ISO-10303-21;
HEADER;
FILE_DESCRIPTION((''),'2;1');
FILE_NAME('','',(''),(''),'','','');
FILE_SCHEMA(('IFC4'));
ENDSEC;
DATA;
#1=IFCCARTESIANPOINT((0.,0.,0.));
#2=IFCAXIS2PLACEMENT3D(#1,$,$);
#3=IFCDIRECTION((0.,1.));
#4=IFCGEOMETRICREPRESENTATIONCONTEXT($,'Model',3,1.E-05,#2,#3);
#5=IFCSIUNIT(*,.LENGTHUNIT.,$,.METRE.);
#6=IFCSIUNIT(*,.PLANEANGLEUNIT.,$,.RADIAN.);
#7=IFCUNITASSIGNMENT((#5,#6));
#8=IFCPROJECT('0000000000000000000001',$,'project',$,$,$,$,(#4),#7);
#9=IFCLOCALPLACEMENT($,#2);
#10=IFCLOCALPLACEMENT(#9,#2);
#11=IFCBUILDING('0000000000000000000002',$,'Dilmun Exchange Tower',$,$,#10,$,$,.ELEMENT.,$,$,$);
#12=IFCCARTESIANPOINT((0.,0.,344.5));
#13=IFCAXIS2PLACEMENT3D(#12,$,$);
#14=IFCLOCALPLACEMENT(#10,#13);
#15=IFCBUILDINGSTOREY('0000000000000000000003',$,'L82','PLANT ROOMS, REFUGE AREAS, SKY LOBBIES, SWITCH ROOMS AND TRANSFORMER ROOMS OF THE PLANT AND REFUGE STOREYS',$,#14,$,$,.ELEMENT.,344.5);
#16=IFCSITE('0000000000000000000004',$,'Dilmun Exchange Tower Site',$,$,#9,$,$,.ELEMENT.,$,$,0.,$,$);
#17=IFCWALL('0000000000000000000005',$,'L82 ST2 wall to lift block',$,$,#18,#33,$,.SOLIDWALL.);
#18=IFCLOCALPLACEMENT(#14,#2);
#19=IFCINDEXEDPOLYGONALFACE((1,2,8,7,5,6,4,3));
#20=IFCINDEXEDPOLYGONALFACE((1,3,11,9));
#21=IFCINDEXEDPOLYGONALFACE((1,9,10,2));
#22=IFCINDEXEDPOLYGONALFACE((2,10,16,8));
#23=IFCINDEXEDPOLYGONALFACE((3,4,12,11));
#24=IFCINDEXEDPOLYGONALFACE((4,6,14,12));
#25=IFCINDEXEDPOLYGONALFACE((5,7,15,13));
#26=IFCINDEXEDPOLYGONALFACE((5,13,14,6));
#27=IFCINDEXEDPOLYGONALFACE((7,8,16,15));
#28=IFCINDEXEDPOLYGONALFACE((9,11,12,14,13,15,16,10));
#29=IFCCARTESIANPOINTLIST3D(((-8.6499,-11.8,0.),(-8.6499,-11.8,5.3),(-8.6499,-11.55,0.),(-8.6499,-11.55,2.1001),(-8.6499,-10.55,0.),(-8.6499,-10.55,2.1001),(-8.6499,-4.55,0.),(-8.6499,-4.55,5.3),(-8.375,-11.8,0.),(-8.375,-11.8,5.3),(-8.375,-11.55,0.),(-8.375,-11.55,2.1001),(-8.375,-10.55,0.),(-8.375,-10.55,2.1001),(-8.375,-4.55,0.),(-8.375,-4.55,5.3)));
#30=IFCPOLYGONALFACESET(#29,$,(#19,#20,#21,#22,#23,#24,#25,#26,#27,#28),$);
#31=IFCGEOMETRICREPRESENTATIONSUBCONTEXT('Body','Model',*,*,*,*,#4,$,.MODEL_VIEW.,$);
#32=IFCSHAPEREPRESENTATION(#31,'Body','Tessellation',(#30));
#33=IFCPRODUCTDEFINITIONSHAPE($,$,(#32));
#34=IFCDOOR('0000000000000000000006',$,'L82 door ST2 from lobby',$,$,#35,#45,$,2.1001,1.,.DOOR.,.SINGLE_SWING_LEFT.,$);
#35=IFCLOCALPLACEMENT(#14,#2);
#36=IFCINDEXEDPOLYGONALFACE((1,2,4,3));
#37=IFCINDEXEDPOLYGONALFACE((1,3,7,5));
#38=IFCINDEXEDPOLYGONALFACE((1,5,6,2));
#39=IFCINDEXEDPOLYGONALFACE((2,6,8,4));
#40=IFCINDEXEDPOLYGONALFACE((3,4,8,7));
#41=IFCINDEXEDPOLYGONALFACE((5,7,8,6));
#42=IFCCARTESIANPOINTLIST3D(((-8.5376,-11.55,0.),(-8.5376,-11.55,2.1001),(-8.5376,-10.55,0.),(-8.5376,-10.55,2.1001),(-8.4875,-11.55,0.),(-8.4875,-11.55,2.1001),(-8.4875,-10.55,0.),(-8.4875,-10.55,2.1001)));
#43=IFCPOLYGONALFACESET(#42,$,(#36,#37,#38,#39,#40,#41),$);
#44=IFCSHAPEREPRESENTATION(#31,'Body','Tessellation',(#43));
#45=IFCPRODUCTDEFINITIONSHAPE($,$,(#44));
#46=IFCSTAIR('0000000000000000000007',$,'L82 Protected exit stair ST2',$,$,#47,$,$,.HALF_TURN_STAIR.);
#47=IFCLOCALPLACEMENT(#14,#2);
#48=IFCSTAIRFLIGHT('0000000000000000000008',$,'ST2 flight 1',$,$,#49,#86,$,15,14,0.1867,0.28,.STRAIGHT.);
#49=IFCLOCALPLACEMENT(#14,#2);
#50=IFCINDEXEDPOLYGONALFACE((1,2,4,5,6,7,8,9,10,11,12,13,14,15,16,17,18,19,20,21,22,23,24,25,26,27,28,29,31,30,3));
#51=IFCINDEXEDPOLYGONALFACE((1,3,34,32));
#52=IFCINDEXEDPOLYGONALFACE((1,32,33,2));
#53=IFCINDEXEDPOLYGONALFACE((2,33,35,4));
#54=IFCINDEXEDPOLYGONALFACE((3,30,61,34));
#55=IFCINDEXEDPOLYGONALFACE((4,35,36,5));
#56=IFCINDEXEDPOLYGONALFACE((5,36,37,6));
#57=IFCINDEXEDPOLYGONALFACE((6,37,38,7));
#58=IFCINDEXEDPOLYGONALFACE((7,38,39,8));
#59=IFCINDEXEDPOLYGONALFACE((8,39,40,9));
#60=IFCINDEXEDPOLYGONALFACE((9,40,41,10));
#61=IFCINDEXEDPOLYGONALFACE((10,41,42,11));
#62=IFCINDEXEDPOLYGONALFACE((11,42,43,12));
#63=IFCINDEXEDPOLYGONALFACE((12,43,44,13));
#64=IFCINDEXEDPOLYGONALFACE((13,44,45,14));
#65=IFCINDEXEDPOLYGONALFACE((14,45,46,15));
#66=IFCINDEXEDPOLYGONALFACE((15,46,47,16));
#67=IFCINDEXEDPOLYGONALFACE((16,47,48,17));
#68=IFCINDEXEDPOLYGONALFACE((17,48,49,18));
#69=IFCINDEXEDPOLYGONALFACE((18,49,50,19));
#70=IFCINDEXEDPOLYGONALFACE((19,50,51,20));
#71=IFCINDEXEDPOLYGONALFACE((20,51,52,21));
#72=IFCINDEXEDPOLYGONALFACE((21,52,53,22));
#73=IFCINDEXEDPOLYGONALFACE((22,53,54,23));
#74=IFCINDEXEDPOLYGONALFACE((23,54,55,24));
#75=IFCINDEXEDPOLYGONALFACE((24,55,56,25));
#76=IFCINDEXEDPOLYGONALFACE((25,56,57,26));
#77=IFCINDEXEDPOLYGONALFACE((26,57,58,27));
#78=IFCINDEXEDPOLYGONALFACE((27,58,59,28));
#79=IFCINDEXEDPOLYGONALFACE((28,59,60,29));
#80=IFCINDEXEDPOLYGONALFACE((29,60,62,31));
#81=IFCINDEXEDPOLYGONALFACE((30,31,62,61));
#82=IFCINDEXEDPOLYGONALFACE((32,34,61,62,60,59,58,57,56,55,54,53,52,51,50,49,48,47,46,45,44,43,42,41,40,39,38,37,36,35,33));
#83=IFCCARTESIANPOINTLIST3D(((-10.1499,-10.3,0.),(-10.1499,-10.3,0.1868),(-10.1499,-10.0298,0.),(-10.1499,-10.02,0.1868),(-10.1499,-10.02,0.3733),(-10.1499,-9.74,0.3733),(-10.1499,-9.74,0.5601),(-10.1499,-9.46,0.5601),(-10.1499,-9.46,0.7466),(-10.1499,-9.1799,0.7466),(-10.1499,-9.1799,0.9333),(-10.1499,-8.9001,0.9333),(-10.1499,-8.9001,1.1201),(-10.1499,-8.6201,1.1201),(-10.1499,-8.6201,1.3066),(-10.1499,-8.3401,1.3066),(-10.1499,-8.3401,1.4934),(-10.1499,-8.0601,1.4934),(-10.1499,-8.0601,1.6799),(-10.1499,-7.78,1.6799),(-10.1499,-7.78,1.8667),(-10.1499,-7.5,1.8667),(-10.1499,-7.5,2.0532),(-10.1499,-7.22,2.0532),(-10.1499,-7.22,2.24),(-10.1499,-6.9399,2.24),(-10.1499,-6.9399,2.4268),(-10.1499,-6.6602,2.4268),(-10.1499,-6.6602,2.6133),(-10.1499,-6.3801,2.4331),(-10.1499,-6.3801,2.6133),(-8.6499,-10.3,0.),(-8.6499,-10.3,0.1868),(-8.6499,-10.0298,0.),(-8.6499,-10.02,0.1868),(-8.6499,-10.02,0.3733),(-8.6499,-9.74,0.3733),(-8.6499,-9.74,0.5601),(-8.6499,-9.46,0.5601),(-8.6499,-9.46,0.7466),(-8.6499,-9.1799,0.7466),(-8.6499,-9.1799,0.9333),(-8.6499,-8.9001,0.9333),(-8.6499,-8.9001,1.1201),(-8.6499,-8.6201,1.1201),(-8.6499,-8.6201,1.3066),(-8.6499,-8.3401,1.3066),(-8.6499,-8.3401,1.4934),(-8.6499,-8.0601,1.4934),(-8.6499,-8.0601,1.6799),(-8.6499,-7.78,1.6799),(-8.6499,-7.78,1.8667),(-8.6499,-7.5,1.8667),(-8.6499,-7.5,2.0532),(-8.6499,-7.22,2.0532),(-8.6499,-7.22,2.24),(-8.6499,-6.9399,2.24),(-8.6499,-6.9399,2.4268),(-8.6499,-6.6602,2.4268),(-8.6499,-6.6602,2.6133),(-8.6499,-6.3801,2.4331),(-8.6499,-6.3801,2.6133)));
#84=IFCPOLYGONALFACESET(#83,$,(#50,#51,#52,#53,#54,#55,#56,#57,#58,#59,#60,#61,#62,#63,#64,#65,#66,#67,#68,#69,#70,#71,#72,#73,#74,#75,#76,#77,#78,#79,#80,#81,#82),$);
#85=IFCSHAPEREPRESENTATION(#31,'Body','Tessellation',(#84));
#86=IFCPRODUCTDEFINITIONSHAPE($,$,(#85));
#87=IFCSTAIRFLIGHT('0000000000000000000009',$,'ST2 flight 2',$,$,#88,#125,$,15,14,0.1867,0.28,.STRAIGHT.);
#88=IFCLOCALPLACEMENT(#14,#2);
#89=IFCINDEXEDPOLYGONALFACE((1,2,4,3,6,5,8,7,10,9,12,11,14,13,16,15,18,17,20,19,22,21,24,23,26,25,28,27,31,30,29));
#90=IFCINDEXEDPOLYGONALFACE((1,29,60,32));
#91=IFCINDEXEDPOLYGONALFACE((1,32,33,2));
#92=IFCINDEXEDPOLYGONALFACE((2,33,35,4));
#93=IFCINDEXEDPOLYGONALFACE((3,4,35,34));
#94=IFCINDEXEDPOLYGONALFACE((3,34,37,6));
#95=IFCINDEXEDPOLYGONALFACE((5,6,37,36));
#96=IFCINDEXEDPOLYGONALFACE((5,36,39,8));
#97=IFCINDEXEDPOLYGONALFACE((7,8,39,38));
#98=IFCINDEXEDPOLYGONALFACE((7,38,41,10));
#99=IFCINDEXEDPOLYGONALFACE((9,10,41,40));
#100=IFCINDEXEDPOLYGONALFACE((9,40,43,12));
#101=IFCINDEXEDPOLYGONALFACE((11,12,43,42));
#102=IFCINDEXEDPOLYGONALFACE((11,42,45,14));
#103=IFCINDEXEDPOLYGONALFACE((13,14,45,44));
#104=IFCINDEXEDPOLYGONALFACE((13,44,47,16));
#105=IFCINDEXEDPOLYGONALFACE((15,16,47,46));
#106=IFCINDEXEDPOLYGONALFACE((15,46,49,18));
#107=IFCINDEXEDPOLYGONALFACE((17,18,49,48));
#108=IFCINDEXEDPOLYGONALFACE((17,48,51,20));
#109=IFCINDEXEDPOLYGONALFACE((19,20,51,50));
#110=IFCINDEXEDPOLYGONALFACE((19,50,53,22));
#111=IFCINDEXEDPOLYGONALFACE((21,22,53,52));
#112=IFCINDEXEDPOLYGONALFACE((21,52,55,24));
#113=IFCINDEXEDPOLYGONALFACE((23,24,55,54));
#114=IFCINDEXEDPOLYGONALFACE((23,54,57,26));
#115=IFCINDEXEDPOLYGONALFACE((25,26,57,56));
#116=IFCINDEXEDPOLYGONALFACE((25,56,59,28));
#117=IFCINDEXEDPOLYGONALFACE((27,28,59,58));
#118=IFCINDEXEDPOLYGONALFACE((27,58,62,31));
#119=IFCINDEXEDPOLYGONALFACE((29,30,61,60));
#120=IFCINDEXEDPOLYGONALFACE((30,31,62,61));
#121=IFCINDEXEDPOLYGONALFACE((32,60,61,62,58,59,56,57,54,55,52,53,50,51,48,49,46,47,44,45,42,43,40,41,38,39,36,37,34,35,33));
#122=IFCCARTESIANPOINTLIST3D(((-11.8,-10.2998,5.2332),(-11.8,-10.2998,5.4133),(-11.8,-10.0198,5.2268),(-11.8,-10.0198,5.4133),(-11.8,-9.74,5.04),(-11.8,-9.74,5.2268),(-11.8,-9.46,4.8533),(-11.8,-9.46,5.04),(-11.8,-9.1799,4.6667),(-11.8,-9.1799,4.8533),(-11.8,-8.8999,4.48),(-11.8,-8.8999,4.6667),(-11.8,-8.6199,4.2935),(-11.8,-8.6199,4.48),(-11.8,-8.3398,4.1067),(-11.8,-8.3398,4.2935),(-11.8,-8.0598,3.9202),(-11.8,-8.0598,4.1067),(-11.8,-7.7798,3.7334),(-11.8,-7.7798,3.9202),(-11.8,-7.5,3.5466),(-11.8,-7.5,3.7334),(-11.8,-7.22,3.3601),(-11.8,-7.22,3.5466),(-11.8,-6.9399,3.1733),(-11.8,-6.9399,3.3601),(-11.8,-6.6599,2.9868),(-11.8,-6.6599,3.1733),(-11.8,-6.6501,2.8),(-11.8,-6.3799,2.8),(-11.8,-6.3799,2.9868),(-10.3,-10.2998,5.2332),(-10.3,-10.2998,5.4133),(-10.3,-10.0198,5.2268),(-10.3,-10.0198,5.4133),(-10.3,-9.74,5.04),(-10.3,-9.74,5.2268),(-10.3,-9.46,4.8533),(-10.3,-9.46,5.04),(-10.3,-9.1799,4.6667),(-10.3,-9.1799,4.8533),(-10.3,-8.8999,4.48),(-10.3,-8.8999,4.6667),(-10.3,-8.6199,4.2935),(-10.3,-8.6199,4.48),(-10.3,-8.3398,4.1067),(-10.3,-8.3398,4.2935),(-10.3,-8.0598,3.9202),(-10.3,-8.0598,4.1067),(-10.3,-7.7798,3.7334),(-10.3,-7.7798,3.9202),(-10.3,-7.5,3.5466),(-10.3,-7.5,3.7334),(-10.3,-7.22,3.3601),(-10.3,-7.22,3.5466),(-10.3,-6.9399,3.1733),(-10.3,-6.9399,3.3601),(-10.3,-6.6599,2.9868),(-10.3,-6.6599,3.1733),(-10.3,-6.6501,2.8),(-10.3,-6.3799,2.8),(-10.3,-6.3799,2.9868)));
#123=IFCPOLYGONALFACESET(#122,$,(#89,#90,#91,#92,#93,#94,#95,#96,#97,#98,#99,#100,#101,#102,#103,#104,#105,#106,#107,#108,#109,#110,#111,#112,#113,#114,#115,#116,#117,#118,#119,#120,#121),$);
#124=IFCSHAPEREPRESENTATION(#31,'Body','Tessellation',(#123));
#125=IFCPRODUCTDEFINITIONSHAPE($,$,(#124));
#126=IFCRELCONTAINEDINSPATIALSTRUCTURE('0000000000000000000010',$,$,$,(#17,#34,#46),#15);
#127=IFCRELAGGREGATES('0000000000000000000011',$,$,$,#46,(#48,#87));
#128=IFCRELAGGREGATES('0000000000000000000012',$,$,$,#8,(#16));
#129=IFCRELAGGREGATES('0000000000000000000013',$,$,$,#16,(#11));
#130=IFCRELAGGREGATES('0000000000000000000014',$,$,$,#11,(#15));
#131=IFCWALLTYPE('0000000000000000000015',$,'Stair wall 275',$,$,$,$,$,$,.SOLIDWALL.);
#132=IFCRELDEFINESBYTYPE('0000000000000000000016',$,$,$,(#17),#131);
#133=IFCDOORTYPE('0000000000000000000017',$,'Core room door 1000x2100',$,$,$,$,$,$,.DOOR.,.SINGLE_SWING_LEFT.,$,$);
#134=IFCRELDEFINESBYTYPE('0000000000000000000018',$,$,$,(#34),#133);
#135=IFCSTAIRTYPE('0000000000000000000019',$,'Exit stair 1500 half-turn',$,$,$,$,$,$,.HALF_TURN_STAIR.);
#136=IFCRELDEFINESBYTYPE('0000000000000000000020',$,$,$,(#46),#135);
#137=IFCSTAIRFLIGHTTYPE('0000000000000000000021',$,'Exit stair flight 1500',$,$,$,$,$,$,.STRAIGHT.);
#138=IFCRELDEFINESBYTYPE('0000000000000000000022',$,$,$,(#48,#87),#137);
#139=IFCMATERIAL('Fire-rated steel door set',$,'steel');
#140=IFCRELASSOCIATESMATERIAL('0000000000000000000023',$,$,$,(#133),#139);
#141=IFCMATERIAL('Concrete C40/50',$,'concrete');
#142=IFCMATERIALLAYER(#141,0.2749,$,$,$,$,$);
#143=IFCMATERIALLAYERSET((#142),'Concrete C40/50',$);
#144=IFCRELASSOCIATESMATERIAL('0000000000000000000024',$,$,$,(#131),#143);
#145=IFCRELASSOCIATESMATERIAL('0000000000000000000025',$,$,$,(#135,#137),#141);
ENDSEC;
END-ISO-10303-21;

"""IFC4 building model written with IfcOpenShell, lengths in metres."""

from ifc_helpers import new_model, si_unit, direction, frame, frame_2d, origin, place, context, subcontext, project, spatial, polyline, rectangle, outline, extrude, material, layer, layer_set, type_object, element, fill, aggregate, save


model = new_model("IFC4")

# Units and contexts
model_context = context("Model", 3, precision=1e-05, world=origin(), true_north=direction((0.0, 1.0)))
body_context = subcontext(model_context, "Body", "Model", "MODEL_VIEW")
ifc_project = project(units=[si_unit("LENGTHUNIT", "METRE"), si_unit("PLANEANGLEUNIT", "RADIAN")], contexts=[model_context])

# Site, building, storey
site_placement = place(None, origin())
site = spatial("IfcSite", under=ifc_project, at=site_placement, Name="Dilmun Exchange Tower Site", CompositionType="ELEMENT", RefElevation=0.0)
building_placement = place(site_placement, origin())
building = spatial("IfcBuilding", under=site, at=building_placement, Name="Dilmun Exchange Tower", CompositionType="ELEMENT")
storey_placement = place(building_placement, frame((0.0, 0.0, 344.5)))
storey = spatial("IfcBuildingStorey", under=building, at=storey_placement, Name="L82", Description="PLANT ROOMS, REFUGE AREAS, SKY LOBBIES, SWITCH ROOMS AND TRANSFORMER ROOMS OF THE PLANT AND REFUGE STOREYS", CompositionType="ELEMENT", Elevation=344.5)

# Shared definitions
ifc_material_1 = material(Name="Concrete C40/50", Category="concrete")
ifc_material_2 = material(Name="Fire-rated steel door set", Category="steel")
door_type_1 = type_object("IfcDoorType", Name="Core room door 1000x2100", OperationType="SINGLE_SWING_LEFT", PredefinedType="DOOR", material=ifc_material_2)

# Wall, opening, door
ifc_layer_1 = layer(ifc_material_1, 0.2749)
ifc_layer_set_1 = layer_set([ifc_layer_1], Name="Concrete C40/50")
wall_type_1 = type_object("IfcWallType", Name="Stair wall 275", PredefinedType="SOLIDWALL", material=ifc_layer_set_1)
wall_1_placement = place(storey_placement, frame((-8.5125, -4.55, 0.0), z_axis=(0.0, 0.0, 1.0), x_axis=(0.0, -1.0, 0.0)))
wall_1 = element("IfcWall", 1, at=wall_1_placement, inside=storey, type_object=wall_type_1, Name="L82 ST2 wall to lift block", PredefinedType="SOLIDWALL", context=body_context, shape_type="SweptSolid", body=[
    extrude(rectangle(XDim=7.25, YDim=0.2749, at=frame_2d((3.625, 0.0))), origin(), (0.0, 0.0, 1.0), 5.3),
])
opening_1_placement = place(wall_1_placement, frame((6.0, 0.0, 0.0)))
opening_1 = element("IfcOpeningElement", 2, at=opening_1_placement, cuts=wall_1, PredefinedType="OPENING", context=body_context, shape_type="SweptSolid", body=[
    extrude(rectangle(XDim=1.0, YDim=2.1001, at=frame_2d((0.5, 1.05))), frame((0.0, 0.1475, 0.0), z_axis=(0.0, -1.0, 0.0), x_axis=(1.0, 0.0, 0.0)), (0.0, 0.0, 1.0), 0.2949),
])
door_1_placement = place(opening_1_placement, origin())
door_1 = element("IfcDoor", 3, at=door_1_placement, inside=storey, type_object=door_type_1, Name="L82 door ST2 from lobby", OperationType="SINGLE_SWING_LEFT", OverallHeight=2.1001, OverallWidth=1.0, PredefinedType="DOOR", context=body_context, shape_type="SweptSolid", body=[
    extrude(rectangle(XDim=1.0, YDim=2.1001, at=frame_2d((0.5, 1.05))), frame((0.0, 0.0249, 0.0), z_axis=(0.0, -1.0, 0.0), x_axis=(1.0, 0.0, 0.0)), (0.0, 0.0, 1.0), 0.05),
])
fill(opening_1, door_1)

# Stair, stair flights
stair_type = type_object("IfcStairType", Name="Exit stair 1500 half-turn", PredefinedType="HALF_TURN_STAIR", material=ifc_material_1)
stair_placement = place(storey_placement, origin())
stair = element("IfcStair", 4, at=stair_placement, inside=storey, type_object=stair_type, Name="L82 Protected exit stair ST2", PredefinedType="HALF_TURN_STAIR")
stair_flight_type = type_object("IfcStairFlightType", Name="Exit stair flight 1500", PredefinedType="STRAIGHT", material=ifc_material_1)
stair_flight_1_placement = place(storey_placement, frame((-9.3999, -10.3, 0.0), z_axis=(0.0, 0.0, 1.0), x_axis=(0.0, 1.0, 0.0)))
stair_flight_1 = element("IfcStairFlight", 5, at=stair_flight_1_placement, type_object=stair_flight_type, Name="ST2 flight 1", NumberOfRisers=15, NumberOfTreads=14, PredefinedType="STRAIGHT", RiserHeight=0.1867, TreadLength=0.28, context=body_context, shape_type="SweptSolid", body=[
    extrude(outline(polyline([(0.0, 0.0), (0.0, 0.1868), (0.28, 0.1868), (0.28, 0.3733), (0.5601, 0.3733), (0.5601, 0.5601), (0.8401, 0.5601), (0.8401, 0.7466), (1.1201, 0.7466), (1.1201, 0.9333), (1.3999, 0.9333), (1.3999, 1.1201), (1.6799, 1.1201), (1.6799, 1.3066), (1.96, 1.3066), (1.96, 1.4934), (2.24, 1.4934), (2.24, 1.6799), (2.52, 1.6799), (2.52, 1.8667), (2.8, 1.8667), (2.8, 2.0532), (3.0801, 2.0532), (3.0801, 2.24), (3.3601, 2.24), (3.3601, 2.4268), (3.6399, 2.4268), (3.6399, 2.6133), (3.9199, 2.6133), (3.9199, 2.8), (3.9199, 2.4331), (0.2703, 0.0), (0.0, 0.0)])), frame((0.0, 0.75, 0.0), z_axis=(0.0, -1.0, 0.0), x_axis=(1.0, 0.0, 0.0)), (0.0, 0.0, 1.0), 1.5),
])
stair_flight_2_placement = place(storey_placement, frame((-11.05, -6.3799, 2.8), z_axis=(0.0, 0.0, 1.0), x_axis=(0.0, -1.0, 0.0)))
stair_flight_2 = element("IfcStairFlight", 6, at=stair_flight_2_placement, type_object=stair_flight_type, Name="ST2 flight 2", NumberOfRisers=15, NumberOfTreads=14, PredefinedType="STRAIGHT", RiserHeight=0.1867, TreadLength=0.28, context=body_context, shape_type="SweptSolid", body=[
    extrude(outline(polyline([(0.0, 0.0), (0.0, 0.1868), (0.28, 0.1868), (0.28, 0.3733), (0.5601, 0.3733), (0.5601, 0.5601), (0.8401, 0.5601), (0.8401, 0.7466), (1.1201, 0.7466), (1.1201, 0.9333), (1.3999, 0.9333), (1.3999, 1.1201), (1.6799, 1.1201), (1.6799, 1.3066), (1.96, 1.3066), (1.96, 1.4934), (2.24, 1.4934), (2.24, 1.6799), (2.52, 1.6799), (2.52, 1.8667), (2.8, 1.8667), (2.8, 2.0532), (3.0801, 2.0532), (3.0801, 2.24), (3.3601, 2.24), (3.3601, 2.4268), (3.6399, 2.4268), (3.6399, 2.6133), (3.9199, 2.6133), (3.9199, 2.8), (3.9199, 2.4331), (0.2703, 0.0), (0.0, 0.0)])), frame((0.0, 0.75, 0.0), z_axis=(0.0, -1.0, 0.0), x_axis=(1.0, 0.0, 0.0)), (0.0, 0.0, 1.0), 1.5),
])
aggregate(stair, [stair_flight_1, stair_flight_2])

save(model, "model.ifc")
